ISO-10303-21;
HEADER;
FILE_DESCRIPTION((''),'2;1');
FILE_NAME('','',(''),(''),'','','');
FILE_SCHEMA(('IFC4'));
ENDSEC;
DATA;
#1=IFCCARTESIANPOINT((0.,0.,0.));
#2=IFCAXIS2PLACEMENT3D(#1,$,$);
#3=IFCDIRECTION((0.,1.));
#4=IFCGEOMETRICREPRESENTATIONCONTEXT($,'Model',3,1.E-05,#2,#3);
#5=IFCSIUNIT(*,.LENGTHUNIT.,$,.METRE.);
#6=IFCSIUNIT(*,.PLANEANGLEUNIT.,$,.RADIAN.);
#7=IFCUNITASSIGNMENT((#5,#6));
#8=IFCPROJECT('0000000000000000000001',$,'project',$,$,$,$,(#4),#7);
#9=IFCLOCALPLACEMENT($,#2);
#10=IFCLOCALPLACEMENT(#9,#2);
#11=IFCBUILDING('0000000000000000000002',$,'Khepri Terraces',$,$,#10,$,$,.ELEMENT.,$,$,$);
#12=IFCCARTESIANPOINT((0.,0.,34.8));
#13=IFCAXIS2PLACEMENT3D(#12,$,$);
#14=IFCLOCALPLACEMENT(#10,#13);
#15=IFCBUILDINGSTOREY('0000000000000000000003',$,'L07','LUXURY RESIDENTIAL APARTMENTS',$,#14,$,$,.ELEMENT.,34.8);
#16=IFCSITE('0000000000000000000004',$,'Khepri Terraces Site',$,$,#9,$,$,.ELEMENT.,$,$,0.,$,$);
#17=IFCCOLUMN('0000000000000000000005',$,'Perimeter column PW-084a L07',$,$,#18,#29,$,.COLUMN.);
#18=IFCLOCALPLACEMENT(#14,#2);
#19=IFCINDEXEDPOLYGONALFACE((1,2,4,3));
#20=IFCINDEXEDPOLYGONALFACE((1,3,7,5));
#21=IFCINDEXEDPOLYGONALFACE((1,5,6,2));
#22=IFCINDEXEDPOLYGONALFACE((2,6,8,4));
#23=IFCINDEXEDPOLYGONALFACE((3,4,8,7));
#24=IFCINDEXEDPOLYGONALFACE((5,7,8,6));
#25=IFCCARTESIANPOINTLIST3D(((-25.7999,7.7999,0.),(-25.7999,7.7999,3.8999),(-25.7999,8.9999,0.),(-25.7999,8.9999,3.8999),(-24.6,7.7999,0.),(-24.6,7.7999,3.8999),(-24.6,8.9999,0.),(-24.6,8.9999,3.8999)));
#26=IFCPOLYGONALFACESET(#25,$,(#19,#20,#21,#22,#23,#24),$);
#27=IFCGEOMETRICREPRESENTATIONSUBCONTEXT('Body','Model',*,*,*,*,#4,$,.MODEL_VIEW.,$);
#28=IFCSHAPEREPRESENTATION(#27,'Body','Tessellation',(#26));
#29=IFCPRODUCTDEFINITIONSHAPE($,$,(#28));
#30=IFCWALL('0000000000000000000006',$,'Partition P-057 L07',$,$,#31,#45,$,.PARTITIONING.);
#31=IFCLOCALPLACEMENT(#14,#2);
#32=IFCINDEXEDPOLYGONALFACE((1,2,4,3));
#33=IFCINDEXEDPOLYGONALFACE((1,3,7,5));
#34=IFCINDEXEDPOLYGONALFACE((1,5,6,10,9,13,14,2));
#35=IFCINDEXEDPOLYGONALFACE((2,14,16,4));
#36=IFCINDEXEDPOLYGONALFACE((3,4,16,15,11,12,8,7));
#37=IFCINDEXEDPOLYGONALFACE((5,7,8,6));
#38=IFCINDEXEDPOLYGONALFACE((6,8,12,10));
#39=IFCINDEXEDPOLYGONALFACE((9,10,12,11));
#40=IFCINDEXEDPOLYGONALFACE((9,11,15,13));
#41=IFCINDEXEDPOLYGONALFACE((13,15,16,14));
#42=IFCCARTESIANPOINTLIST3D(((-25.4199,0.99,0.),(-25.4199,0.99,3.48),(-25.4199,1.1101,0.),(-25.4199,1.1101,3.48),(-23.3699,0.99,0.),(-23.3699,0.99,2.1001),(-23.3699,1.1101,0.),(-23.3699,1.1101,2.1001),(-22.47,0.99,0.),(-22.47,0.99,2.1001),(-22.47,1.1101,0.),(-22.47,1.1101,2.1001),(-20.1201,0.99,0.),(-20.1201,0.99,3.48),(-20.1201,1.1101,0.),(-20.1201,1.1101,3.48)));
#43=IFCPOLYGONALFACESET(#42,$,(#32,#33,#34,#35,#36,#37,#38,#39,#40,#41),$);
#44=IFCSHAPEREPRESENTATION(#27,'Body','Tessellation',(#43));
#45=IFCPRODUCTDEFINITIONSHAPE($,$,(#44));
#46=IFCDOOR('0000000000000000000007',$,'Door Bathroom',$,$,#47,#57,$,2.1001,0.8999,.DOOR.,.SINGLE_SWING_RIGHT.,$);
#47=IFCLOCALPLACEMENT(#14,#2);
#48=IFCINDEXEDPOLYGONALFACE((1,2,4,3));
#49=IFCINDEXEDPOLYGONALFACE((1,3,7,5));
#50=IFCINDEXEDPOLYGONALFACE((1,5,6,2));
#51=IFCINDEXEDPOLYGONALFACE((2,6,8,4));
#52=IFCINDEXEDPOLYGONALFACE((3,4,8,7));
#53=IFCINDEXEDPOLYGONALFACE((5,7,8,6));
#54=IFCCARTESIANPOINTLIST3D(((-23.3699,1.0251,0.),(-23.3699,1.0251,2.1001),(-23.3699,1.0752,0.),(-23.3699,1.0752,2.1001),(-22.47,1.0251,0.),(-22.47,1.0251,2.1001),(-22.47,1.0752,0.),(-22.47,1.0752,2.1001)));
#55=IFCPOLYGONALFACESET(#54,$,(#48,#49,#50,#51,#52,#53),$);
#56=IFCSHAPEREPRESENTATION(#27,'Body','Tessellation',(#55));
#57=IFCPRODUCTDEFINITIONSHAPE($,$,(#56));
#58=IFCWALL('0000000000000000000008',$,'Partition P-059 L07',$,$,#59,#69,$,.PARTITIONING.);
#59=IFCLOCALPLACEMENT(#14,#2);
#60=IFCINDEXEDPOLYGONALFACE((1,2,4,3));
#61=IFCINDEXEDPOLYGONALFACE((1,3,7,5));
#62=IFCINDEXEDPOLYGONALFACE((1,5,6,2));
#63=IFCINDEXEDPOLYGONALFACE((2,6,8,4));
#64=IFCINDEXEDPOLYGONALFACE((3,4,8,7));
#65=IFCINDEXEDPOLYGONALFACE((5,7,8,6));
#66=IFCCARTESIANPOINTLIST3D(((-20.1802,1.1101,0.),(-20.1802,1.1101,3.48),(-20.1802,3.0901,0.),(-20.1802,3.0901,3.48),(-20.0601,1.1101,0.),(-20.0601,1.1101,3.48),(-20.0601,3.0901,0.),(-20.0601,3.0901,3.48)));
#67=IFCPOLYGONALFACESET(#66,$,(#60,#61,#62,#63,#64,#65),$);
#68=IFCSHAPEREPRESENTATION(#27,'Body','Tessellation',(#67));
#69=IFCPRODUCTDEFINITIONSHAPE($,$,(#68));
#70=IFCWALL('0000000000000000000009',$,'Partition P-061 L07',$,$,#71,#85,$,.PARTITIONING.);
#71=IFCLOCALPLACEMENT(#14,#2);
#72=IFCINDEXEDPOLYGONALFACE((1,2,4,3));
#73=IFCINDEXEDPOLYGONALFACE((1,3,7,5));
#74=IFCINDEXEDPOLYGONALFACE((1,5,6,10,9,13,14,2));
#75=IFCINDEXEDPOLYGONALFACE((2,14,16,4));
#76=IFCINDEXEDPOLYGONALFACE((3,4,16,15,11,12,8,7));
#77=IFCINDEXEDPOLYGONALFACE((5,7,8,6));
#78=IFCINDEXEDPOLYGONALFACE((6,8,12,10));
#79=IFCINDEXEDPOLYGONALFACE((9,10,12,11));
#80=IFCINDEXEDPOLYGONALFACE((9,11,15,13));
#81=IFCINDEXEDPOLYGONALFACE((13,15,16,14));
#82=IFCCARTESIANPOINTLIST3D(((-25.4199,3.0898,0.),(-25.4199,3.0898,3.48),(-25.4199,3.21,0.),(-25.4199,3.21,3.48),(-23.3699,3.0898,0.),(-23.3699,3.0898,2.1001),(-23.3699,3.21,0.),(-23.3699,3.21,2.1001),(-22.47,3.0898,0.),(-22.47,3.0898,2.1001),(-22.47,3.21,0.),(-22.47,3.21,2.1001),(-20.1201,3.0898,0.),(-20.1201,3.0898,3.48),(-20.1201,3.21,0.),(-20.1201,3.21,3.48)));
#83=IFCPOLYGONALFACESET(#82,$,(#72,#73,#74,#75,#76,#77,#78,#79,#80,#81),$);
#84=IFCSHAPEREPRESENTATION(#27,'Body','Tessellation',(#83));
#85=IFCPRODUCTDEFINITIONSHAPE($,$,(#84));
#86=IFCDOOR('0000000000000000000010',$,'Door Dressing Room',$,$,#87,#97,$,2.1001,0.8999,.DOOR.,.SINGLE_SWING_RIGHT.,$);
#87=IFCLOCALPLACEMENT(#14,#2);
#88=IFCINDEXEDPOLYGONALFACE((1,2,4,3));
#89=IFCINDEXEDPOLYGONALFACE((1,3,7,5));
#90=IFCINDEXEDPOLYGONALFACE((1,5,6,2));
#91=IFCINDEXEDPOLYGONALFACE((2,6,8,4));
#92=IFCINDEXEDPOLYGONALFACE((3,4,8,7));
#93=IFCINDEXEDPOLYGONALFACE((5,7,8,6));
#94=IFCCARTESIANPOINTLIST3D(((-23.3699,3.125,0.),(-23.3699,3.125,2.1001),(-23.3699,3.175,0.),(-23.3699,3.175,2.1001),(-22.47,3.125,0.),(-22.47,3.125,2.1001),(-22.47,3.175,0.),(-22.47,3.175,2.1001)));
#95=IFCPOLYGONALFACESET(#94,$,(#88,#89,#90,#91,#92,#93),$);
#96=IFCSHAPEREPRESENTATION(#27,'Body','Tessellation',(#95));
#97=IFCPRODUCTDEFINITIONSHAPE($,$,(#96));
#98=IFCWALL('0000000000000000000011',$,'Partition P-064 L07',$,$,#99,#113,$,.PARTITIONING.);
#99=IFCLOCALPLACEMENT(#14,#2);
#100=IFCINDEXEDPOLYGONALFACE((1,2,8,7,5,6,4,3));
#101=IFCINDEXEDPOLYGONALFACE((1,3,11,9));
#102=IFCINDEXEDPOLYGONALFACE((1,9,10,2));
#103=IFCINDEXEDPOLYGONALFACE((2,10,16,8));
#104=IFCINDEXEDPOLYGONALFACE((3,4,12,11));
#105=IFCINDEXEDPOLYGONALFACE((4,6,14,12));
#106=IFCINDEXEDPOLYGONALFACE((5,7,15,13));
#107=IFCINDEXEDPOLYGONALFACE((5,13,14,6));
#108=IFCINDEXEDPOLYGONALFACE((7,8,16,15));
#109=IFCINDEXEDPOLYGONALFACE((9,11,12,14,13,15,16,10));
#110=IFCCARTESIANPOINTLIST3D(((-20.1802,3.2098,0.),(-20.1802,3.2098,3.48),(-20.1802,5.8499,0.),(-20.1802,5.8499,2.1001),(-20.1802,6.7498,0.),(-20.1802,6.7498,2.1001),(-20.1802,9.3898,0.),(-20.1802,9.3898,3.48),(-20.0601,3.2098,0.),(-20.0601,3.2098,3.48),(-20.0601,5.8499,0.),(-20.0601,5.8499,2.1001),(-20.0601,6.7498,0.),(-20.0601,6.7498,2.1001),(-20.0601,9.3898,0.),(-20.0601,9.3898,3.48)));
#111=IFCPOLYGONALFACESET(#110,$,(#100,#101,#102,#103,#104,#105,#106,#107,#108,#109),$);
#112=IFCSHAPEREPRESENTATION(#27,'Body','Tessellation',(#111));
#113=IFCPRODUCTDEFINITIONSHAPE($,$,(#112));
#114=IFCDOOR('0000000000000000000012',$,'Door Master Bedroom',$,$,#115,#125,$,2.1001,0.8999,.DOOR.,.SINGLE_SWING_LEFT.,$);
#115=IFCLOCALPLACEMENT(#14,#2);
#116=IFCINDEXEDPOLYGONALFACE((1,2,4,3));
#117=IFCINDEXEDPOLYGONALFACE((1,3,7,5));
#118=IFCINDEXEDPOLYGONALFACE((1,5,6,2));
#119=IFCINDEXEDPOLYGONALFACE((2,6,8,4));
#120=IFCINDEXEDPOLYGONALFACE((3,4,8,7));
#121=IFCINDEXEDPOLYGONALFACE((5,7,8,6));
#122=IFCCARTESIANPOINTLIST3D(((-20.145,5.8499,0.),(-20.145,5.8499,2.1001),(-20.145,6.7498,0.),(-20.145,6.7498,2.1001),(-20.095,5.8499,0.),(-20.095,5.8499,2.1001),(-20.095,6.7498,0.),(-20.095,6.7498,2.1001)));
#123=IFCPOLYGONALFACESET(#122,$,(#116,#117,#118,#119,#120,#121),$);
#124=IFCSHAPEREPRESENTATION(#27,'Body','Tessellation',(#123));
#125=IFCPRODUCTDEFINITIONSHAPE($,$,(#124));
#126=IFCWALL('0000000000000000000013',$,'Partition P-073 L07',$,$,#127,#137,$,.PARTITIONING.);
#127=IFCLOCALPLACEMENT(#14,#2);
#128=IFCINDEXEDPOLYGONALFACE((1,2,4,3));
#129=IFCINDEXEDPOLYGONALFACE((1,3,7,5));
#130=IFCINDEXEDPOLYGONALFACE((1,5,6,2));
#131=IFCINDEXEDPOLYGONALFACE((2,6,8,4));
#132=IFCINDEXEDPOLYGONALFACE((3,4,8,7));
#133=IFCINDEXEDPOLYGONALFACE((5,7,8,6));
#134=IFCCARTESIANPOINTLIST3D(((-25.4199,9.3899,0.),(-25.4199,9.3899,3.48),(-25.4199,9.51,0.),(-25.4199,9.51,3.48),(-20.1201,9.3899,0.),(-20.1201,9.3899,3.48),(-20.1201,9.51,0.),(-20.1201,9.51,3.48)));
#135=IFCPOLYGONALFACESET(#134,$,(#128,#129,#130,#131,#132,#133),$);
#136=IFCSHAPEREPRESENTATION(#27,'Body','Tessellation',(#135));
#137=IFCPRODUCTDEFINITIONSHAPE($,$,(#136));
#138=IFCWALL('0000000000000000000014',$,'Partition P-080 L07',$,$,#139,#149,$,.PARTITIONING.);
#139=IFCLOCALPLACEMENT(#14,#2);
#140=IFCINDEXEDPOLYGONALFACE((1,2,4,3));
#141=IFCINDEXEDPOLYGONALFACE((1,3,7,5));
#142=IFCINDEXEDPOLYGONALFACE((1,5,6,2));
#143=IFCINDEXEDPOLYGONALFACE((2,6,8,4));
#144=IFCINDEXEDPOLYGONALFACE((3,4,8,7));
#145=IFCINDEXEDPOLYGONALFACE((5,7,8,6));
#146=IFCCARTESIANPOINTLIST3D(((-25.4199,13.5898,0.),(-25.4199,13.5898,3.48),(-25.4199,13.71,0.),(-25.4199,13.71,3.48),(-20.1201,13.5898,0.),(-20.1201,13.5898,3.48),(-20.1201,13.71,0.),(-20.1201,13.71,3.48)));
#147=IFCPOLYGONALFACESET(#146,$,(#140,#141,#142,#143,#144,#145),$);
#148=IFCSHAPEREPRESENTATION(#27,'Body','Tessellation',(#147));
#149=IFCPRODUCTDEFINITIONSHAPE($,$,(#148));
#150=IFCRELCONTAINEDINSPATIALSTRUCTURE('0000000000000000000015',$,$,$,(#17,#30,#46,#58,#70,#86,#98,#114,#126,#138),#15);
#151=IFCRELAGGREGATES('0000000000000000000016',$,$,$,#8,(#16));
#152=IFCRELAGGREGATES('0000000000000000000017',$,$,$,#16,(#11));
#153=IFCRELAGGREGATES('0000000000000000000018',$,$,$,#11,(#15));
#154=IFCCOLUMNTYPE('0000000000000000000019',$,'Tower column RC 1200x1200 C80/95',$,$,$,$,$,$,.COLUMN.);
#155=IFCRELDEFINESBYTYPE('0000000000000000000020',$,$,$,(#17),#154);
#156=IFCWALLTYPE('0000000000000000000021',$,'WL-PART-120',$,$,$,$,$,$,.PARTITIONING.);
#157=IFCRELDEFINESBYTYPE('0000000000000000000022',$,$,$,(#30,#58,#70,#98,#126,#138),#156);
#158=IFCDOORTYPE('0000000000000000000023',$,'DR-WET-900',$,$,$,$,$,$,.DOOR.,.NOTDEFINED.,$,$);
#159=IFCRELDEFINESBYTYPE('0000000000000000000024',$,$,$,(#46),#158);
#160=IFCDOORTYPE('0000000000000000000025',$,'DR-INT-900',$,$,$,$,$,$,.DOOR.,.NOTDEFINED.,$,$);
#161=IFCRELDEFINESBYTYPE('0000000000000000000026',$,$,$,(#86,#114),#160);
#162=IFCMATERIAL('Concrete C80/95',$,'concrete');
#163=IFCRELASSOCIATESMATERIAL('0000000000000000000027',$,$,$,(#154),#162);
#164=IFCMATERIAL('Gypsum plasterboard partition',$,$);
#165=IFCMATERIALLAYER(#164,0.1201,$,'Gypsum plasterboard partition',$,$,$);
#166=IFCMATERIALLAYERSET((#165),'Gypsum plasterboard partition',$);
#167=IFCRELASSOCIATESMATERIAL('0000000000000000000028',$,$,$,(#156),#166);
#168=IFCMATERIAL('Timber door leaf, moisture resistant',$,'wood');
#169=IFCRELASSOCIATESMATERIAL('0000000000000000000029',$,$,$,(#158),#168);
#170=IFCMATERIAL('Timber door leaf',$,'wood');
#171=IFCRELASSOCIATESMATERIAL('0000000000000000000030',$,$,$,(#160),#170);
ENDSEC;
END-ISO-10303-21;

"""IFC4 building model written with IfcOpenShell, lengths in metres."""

from ifc_helpers import new_model, si_unit, direction, frame, frame_2d, origin, origin_2d, place, context, subcontext, project, spatial, rectangle, extrude, material, layer, layer_set, material_profile, profile_set, type_object, element, fill, save


model = new_model("IFC4")

# Units and contexts
model_context = context("Model", 3, precision=1e-05, world=origin(), true_north=direction((0.0, 1.0)))
body_context = subcontext(model_context, "Body", "Model", "MODEL_VIEW")
ifc_project = project(units=[si_unit("LENGTHUNIT", "METRE"), si_unit("PLANEANGLEUNIT", "RADIAN")], contexts=[model_context])

# Site, building, storey
site_placement = place(None, origin())
site = spatial("IfcSite", under=ifc_project, at=site_placement, Name="Khepri Terraces Site", CompositionType="ELEMENT", RefElevation=0.0)
building_placement = place(site_placement, origin())
building = spatial("IfcBuilding", under=site, at=building_placement, Name="Khepri Terraces", CompositionType="ELEMENT")
storey_placement = place(building_placement, frame((0.0, 0.0, 34.8)))
storey = spatial("IfcBuildingStorey", under=building, at=storey_placement, Name="L07", Description="LUXURY RESIDENTIAL APARTMENTS", CompositionType="ELEMENT", Elevation=34.8)

# Column
ifc_material_1 = material(Name="Concrete C80/95", Category="concrete")
ifc_material_profile = material_profile(ifc_material_1, rectangle(XDim=1.2, YDim=1.2, at=origin_2d()), Name="Concrete C80/95", Category="concrete")
ifc_profile_set = profile_set([ifc_material_profile], Name="Concrete C80/95")
column_type = type_object("IfcColumnType", Name="Tower column RC 1200x1200 C80/95", PredefinedType="COLUMN", material=ifc_profile_set)
column_placement = place(storey_placement, frame((-25.2, 8.3999, 0.0), z_axis=(0.0, 0.0, 1.0), x_axis=(1.0, 0.0, 0.0)))
element("IfcColumn", 1, at=column_placement, inside=storey, type_object=column_type, Name="Perimeter column PW-084a L07", PredefinedType="COLUMN", context=body_context, shape_type="SweptSolid", body=[
    extrude(rectangle(XDim=1.2, YDim=1.2, at=origin_2d()), origin(), (0.0, 0.0, 1.0), 3.8999),
])

# Wall, opening, door
ifc_material_2 = material(Name="Gypsum plasterboard partition")
ifc_layer_1 = layer(ifc_material_2, 0.1201, Name="Gypsum plasterboard partition")
ifc_layer_set_1 = layer_set([ifc_layer_1], Name="Gypsum plasterboard partition")
wall_type_1 = type_object("IfcWallType", Name="WL-PART-120", PredefinedType="PARTITIONING", material=ifc_layer_set_1)
wall_1_placement = place(storey_placement, frame((-25.4199, 1.05, 0.0), z_axis=(0.0, 0.0, 1.0), x_axis=(1.0, 0.0, 0.0)))
wall_1 = element("IfcWall", 2, at=wall_1_placement, inside=storey, type_object=wall_type_1, Name="Partition P-057 L07", PredefinedType="PARTITIONING", context=body_context, shape_type="SweptSolid", body=[
    extrude(rectangle(XDim=5.2998, YDim=0.1201, at=frame_2d((2.6499, 0.0))), origin(), (0.0, 0.0, 1.0), 3.48),
])
opening_1_placement = place(wall_1_placement, frame((2.05, 0.0, 0.0)))
opening_1 = element("IfcOpeningElement", 3, at=opening_1_placement, cuts=wall_1, PredefinedType="OPENING", context=body_context, shape_type="SweptSolid", body=[
    extrude(rectangle(XDim=0.8999, YDim=2.1001, at=frame_2d((0.45, 1.05))), frame((0.0, 0.0701, 0.0), z_axis=(0.0, -1.0, 0.0), x_axis=(1.0, 0.0, 0.0)), (0.0, 0.0, 1.0), 0.1401),
])
ifc_material_3 = material(Name="Timber door leaf, moisture resistant", Category="wood")
door_type_1 = type_object("IfcDoorType", Name="DR-WET-900", OperationType="NOTDEFINED", PredefinedType="DOOR", material=ifc_material_3)
door_1_placement = place(opening_1_placement, frame((0.8999, 0.0, 0.0), z_axis=(0.0, 0.0, 1.0), x_axis=(-1.0, 0.0, 0.0)))
door_1 = element("IfcDoor", 4, at=door_1_placement, inside=storey, type_object=door_type_1, Name="Door Bathroom", OperationType="SINGLE_SWING_RIGHT", OverallHeight=2.1001, OverallWidth=0.8999, PredefinedType="DOOR", context=body_context, shape_type="SweptSolid", body=[
    extrude(rectangle(XDim=0.8999, YDim=2.1001, at=frame_2d((0.45, 1.05))), frame((0.0, 0.0249, 0.0), z_axis=(0.0, -1.0, 0.0), x_axis=(1.0, 0.0, 0.0)), (0.0, 0.0, 1.0), 0.05),
])
fill(opening_1, door_1)

# Wall
wall_2_placement = place(storey_placement, frame((-20.1201, 1.1101, 0.0), z_axis=(0.0, 0.0, 1.0), x_axis=(0.0, 1.0, 0.0)))
element("IfcWall", 5, at=wall_2_placement, inside=storey, type_object=wall_type_1, Name="Partition P-059 L07", PredefinedType="PARTITIONING", context=body_context, shape_type="SweptSolid", body=[
    extrude(rectangle(XDim=1.98, YDim=0.1201, at=frame_2d((0.99, 0.0))), origin(), (0.0, 0.0, 1.0), 3.48),
])

# Walls, openings, doors
wall_3_placement = place(storey_placement, frame((-25.4199, 3.1499, 0.0), z_axis=(0.0, 0.0, 1.0), x_axis=(1.0, 0.0, 0.0)))
wall_3 = element("IfcWall", 6, at=wall_3_placement, inside=storey, type_object=wall_type_1, Name="Partition P-061 L07", PredefinedType="PARTITIONING", context=body_context, shape_type="SweptSolid", body=[
    extrude(rectangle(XDim=5.2998, YDim=0.1201, at=frame_2d((2.6499, 0.0))), origin(), (0.0, 0.0, 1.0), 3.48),
])
opening_2_placement = place(wall_3_placement, frame((2.05, 0.0, 0.0)))
opening_2 = element("IfcOpeningElement", 7, at=opening_2_placement, cuts=wall_3, PredefinedType="OPENING", context=body_context, shape_type="SweptSolid", body=[
    extrude(rectangle(XDim=0.8999, YDim=2.1001, at=frame_2d((0.45, 1.05))), frame((0.0, 0.0701, 0.0), z_axis=(0.0, -1.0, 0.0), x_axis=(1.0, 0.0, 0.0)), (0.0, 0.0, 1.0), 0.1401),
])
ifc_material_4 = material(Name="Timber door leaf", Category="wood")
door_type_2 = type_object("IfcDoorType", Name="DR-INT-900", OperationType="NOTDEFINED", PredefinedType="DOOR", material=ifc_material_4)
door_2_placement = place(opening_2_placement, frame((0.8999, 0.0, 0.0), z_axis=(0.0, 0.0, 1.0), x_axis=(-1.0, 0.0, 0.0)))
door_2 = element("IfcDoor", 8, at=door_2_placement, inside=storey, type_object=door_type_2, Name="Door Dressing Room", OperationType="SINGLE_SWING_RIGHT", OverallHeight=2.1001, OverallWidth=0.8999, PredefinedType="DOOR", context=body_context, shape_type="SweptSolid", body=[
    extrude(rectangle(XDim=0.8999, YDim=2.1001, at=frame_2d((0.45, 1.05))), frame((0.0, 0.0249, 0.0), z_axis=(0.0, -1.0, 0.0), x_axis=(1.0, 0.0, 0.0)), (0.0, 0.0, 1.0), 0.05),
])
fill(opening_2, door_2)
wall_4_placement = place(storey_placement, frame((-20.1201, 3.21, 0.0), z_axis=(0.0, 0.0, 1.0), x_axis=(0.0, 1.0, 0.0)))
wall_4 = element("IfcWall", 9, at=wall_4_placement, inside=storey, type_object=wall_type_1, Name="Partition P-064 L07", PredefinedType="PARTITIONING", context=body_context, shape_type="SweptSolid", body=[
    extrude(rectangle(XDim=6.1799, YDim=0.1201, at=frame_2d((3.0898, 0.0))), origin(), (0.0, 0.0, 1.0), 3.48),
])
opening_3_placement = place(wall_4_placement, frame((2.6399, 0.0, 0.0)))
opening_3 = element("IfcOpeningElement", 10, at=opening_3_placement, cuts=wall_4, PredefinedType="OPENING", context=body_context, shape_type="SweptSolid", body=[
    extrude(rectangle(XDim=0.8999, YDim=2.1001, at=frame_2d((0.45, 1.05))), frame((0.0, 0.0701, 0.0), z_axis=(0.0, -1.0, 0.0), x_axis=(1.0, 0.0, 0.0)), (0.0, 0.0, 1.0), 0.1401),
])
door_3_placement = place(opening_3_placement, origin())
door_3 = element("IfcDoor", 11, at=door_3_placement, inside=storey, type_object=door_type_2, Name="Door Master Bedroom", OperationType="SINGLE_SWING_LEFT", OverallHeight=2.1001, OverallWidth=0.8999, PredefinedType="DOOR", context=body_context, shape_type="SweptSolid", body=[
    extrude(rectangle(XDim=0.8999, YDim=2.1001, at=frame_2d((0.45, 1.05))), frame((0.0, 0.0249, 0.0), z_axis=(0.0, -1.0, 0.0), x_axis=(1.0, 0.0, 0.0)), (0.0, 0.0, 1.0), 0.05),
])
fill(opening_3, door_3)

# Walls
for number, where, z_axis, x_axis, name in (
    (12, (-25.4199, 9.45, 0.0), (0.0, 0.0, 1.0), (1.0, 0.0, 0.0), "Partition P-073 L07"),
    (13, (-25.4199, 13.6499, 0.0), (0.0, 0.0, 1.0), (1.0, 0.0, 0.0), "Partition P-080 L07"),
):
    element("IfcWall", number, at=place(storey_placement, frame(where, z_axis=z_axis, x_axis=x_axis)), inside=storey, type_object=wall_type_1, Name=name, PredefinedType="PARTITIONING", context=body_context, shape_type="SweptSolid", body=[
        extrude(rectangle(XDim=5.2998, YDim=0.1201, at=frame_2d((2.6499, 0.0))), origin(), (0.0, 0.0, 1.0), 3.48),
    ])

save(model, "model.ifc")
